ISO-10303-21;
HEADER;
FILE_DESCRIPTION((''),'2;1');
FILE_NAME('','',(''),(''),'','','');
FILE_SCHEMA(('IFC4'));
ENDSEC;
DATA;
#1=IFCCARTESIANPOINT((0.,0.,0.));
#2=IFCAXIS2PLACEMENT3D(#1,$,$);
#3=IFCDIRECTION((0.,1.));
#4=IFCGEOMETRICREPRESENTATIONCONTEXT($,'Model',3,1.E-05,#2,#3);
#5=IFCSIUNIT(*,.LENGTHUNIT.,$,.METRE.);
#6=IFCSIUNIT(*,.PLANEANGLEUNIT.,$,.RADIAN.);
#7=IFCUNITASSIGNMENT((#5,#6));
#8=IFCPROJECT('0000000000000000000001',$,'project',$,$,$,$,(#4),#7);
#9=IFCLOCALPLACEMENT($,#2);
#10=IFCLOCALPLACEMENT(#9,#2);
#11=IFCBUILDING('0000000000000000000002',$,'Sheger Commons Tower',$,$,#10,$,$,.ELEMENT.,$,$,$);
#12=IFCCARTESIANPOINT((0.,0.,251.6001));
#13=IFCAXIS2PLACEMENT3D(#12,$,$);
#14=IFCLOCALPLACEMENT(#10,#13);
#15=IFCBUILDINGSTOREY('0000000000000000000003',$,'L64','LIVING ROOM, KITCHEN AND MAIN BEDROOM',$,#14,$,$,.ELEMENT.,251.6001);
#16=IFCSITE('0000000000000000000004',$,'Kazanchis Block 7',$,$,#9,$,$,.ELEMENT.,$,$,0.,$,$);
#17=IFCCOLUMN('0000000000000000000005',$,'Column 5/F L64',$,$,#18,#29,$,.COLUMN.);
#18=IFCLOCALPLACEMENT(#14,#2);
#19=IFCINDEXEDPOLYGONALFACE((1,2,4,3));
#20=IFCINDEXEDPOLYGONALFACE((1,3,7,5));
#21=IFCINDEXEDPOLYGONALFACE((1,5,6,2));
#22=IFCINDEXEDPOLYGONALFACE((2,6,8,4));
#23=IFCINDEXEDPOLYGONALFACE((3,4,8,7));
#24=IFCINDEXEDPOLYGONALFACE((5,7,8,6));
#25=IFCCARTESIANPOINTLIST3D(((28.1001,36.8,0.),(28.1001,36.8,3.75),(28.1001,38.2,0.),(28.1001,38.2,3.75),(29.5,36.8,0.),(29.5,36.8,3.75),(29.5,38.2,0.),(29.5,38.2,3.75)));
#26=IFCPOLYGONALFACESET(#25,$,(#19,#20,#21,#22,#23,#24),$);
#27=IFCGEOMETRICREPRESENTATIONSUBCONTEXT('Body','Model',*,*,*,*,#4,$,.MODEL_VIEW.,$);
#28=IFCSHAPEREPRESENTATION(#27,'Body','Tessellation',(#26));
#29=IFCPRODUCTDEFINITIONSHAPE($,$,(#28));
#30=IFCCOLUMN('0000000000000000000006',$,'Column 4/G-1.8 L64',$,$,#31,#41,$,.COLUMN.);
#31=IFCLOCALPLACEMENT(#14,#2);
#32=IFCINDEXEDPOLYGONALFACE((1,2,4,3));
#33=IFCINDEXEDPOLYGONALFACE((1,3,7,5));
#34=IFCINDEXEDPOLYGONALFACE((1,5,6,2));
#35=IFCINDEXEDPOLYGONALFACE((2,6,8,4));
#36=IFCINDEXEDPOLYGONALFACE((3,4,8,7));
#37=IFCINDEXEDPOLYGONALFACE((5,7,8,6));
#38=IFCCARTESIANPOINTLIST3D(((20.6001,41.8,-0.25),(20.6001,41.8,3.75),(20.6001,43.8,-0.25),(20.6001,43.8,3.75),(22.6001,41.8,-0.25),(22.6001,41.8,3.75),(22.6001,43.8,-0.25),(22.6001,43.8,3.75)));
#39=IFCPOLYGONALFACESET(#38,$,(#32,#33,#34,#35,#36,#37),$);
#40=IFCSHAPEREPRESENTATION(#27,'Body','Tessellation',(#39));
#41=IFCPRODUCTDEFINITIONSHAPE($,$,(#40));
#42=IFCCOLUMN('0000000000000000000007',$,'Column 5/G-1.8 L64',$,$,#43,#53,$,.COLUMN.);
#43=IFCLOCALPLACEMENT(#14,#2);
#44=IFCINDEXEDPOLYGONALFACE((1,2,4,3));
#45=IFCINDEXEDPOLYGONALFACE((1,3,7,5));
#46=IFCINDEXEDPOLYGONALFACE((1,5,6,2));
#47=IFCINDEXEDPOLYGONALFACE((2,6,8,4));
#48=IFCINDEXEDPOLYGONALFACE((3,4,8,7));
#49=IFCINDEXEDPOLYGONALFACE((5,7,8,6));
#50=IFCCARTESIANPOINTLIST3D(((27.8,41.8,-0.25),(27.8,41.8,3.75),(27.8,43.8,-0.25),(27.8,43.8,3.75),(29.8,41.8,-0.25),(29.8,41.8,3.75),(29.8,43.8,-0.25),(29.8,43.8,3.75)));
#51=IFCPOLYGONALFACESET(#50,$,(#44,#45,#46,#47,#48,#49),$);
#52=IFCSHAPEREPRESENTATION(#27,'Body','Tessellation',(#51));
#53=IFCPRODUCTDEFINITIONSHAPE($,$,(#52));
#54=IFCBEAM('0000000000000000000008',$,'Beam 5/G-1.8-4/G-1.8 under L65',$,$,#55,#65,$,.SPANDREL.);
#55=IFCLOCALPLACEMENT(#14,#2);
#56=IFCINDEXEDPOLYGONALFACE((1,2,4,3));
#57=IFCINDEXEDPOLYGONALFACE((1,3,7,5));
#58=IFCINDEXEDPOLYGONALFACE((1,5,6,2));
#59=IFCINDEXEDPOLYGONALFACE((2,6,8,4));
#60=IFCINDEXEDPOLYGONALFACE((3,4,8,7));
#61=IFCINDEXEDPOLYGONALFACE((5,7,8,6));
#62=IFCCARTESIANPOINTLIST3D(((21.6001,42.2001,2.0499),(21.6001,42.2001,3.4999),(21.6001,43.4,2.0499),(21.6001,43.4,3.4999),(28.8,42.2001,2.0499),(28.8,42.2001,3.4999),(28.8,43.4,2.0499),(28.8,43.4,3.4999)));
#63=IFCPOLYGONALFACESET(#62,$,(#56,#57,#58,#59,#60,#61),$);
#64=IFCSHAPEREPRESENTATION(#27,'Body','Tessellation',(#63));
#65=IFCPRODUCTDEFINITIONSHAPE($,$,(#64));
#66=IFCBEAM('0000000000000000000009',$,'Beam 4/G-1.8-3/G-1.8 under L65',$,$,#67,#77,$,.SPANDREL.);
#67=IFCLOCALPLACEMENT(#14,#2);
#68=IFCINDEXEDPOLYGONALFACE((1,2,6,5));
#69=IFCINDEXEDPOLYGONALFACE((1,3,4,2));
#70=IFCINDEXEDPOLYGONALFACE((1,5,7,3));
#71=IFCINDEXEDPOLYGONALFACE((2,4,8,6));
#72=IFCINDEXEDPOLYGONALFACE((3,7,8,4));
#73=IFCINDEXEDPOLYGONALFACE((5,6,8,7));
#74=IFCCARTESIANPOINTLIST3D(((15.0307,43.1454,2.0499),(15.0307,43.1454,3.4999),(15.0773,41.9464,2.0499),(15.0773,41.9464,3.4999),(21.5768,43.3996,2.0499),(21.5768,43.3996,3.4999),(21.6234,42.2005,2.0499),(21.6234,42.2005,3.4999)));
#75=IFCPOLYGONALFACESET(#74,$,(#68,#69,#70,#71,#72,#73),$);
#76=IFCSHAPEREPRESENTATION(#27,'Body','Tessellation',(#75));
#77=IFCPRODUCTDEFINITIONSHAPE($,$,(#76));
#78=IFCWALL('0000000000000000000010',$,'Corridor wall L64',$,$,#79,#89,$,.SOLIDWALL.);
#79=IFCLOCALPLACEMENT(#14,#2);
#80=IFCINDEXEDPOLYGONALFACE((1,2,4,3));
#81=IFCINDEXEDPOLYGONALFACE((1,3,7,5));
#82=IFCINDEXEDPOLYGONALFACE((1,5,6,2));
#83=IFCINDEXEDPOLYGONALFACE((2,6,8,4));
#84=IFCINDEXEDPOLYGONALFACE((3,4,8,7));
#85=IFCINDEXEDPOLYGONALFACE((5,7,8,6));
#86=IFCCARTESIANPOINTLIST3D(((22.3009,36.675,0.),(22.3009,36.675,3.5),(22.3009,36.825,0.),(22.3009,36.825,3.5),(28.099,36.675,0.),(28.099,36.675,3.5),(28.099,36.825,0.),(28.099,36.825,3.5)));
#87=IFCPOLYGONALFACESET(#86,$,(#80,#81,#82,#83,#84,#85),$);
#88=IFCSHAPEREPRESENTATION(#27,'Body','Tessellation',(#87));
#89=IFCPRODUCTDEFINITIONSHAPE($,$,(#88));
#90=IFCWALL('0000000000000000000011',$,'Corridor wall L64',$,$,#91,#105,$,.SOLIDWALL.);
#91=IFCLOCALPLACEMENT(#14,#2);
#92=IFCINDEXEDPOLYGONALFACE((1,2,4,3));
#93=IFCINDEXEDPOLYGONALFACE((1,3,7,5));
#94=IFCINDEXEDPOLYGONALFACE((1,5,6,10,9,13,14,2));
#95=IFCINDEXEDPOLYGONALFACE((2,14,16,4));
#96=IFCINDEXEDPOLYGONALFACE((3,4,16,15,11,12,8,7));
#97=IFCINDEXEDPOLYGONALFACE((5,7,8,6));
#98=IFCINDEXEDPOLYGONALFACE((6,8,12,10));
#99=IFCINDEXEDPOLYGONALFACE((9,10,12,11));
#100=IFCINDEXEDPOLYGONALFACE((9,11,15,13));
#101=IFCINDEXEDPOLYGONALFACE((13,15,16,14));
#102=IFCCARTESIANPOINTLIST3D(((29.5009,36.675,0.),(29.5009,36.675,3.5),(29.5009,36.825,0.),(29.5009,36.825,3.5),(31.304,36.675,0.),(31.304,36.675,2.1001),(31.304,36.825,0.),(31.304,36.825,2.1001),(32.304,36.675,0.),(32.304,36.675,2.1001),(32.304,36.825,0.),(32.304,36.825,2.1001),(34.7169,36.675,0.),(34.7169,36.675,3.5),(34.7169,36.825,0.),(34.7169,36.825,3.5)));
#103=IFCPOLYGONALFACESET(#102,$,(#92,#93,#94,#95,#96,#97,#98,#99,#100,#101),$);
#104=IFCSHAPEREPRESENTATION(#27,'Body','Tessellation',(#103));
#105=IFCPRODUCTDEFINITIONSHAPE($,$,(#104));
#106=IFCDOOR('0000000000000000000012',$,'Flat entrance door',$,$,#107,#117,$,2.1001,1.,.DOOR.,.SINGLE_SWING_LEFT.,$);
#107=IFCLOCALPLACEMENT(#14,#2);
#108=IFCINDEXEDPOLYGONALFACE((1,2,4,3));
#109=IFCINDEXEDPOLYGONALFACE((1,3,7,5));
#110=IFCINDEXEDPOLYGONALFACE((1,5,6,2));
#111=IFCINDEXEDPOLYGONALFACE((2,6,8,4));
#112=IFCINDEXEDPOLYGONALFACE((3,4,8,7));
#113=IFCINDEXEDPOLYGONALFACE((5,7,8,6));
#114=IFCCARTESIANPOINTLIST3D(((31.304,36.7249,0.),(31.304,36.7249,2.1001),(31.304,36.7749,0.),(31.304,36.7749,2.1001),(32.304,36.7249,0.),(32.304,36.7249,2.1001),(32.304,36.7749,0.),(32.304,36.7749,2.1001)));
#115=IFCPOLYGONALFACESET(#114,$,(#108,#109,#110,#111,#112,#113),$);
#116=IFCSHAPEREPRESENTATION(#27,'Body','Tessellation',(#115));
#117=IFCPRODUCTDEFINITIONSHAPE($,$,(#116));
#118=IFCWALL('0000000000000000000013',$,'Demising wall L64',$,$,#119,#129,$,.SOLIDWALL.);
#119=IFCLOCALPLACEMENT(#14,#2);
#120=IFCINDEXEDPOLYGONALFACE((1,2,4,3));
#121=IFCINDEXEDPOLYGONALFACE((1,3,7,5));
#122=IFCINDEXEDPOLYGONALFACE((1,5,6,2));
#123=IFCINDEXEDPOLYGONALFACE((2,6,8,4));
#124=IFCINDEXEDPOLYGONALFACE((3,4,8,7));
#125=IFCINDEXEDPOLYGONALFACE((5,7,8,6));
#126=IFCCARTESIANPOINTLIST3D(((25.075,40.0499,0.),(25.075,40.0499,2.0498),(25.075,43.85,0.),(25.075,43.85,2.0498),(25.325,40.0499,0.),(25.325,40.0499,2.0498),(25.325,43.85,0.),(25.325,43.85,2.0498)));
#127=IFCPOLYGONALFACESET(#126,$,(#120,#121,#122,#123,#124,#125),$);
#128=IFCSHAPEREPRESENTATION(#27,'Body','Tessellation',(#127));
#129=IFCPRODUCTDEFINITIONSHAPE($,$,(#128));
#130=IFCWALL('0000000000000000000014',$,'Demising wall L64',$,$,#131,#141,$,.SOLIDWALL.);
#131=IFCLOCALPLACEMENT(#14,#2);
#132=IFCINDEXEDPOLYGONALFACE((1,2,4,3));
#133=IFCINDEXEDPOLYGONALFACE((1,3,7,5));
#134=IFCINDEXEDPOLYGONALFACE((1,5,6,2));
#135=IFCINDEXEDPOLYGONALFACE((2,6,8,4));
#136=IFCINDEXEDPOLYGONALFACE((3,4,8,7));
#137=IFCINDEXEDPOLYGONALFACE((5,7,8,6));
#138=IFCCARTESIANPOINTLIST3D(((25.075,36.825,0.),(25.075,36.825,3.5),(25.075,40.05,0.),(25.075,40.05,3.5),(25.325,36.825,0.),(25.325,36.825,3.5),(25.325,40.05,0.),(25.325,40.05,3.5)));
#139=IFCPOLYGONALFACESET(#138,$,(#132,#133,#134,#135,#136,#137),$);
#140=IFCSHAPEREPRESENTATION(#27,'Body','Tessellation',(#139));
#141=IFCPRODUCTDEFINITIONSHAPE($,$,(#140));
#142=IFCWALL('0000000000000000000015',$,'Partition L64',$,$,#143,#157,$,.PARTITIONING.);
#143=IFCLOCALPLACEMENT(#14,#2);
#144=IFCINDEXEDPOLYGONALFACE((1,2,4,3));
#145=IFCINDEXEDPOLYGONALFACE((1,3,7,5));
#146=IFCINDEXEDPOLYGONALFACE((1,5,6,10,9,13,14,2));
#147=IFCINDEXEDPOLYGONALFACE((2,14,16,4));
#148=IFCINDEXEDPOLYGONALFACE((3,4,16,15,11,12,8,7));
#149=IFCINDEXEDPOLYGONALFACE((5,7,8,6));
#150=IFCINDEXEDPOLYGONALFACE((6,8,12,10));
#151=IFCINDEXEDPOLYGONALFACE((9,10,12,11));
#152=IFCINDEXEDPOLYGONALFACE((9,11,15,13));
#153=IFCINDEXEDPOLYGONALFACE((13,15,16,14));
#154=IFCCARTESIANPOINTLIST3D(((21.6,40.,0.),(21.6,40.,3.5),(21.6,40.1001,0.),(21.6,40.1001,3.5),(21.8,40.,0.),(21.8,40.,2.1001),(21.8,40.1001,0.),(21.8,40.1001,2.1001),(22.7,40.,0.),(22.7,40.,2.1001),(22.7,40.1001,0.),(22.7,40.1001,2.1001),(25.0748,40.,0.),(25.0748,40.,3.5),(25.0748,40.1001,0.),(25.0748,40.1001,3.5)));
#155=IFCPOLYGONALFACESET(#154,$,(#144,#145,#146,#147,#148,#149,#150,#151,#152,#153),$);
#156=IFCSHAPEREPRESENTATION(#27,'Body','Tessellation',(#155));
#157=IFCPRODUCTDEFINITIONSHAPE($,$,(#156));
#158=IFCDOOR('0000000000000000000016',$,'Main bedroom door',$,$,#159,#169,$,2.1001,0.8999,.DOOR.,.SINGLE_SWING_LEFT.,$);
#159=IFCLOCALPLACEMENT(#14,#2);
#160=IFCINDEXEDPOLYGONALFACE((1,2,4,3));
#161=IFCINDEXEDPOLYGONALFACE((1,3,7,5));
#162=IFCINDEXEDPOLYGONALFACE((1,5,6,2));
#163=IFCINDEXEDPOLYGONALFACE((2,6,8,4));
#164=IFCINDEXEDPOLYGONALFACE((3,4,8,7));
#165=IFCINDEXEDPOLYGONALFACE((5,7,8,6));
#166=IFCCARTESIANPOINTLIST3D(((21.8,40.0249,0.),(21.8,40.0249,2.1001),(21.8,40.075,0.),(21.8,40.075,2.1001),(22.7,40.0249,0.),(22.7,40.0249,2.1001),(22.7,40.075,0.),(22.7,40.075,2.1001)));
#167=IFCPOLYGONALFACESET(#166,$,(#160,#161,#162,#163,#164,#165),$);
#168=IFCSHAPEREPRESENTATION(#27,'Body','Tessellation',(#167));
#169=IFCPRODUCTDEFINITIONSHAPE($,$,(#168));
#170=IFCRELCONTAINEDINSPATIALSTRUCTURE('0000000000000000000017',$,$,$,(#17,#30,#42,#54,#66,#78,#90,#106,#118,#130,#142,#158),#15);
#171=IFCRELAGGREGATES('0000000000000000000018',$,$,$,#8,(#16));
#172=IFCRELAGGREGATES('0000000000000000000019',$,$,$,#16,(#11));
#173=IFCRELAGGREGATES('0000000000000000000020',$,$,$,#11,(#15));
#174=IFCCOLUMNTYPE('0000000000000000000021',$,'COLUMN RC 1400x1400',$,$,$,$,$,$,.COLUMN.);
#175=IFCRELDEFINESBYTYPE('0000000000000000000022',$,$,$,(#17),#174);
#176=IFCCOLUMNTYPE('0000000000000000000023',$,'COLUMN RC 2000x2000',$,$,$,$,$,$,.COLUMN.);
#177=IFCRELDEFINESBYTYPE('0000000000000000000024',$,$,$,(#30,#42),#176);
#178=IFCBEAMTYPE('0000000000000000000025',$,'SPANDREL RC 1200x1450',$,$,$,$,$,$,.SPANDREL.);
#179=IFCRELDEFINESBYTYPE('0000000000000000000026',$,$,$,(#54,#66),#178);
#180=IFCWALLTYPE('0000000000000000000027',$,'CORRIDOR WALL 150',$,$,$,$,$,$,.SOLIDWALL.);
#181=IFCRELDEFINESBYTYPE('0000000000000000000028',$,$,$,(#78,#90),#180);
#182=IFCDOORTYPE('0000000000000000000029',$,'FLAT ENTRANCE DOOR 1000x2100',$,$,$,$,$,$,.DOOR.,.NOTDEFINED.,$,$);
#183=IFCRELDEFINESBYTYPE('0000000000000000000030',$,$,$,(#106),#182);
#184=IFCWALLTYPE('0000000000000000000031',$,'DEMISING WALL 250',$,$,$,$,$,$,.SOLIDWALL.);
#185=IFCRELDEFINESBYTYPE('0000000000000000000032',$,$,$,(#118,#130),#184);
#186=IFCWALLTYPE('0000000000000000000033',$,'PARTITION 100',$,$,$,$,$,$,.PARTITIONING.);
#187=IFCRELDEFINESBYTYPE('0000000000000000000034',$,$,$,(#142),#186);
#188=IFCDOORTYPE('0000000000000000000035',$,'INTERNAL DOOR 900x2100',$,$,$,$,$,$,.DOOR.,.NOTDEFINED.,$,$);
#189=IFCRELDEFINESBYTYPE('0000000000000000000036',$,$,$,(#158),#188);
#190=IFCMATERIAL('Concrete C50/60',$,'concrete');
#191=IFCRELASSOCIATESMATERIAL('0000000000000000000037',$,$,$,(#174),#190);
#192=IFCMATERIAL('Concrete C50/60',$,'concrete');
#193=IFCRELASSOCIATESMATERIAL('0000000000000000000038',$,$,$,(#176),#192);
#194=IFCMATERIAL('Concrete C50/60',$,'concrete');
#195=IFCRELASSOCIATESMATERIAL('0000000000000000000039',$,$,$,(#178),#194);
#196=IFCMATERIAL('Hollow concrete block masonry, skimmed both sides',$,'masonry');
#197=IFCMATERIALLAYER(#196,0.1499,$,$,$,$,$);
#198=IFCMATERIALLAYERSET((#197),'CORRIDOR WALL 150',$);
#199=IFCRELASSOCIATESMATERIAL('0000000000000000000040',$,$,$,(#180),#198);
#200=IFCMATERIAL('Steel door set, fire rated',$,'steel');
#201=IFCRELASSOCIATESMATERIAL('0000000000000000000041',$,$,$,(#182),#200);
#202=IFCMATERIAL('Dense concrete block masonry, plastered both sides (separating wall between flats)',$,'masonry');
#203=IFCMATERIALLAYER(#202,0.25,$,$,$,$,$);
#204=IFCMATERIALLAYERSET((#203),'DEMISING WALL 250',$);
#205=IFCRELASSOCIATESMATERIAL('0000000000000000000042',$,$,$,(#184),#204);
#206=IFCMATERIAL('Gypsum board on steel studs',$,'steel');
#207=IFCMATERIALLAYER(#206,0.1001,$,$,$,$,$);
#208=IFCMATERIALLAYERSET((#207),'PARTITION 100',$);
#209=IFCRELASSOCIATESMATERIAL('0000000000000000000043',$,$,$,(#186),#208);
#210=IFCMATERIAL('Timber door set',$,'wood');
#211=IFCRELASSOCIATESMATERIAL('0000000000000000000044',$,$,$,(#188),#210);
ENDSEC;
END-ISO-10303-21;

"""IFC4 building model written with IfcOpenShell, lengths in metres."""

from ifc_helpers import new_model, si_unit, direction, frame, frame_2d, origin, origin_2d, place, context, subcontext, project, spatial, rectangle, extrude, material, layer, layer_set, material_profile, profile_set, type_object, element, fill, save


model = new_model("IFC4")

# Units and contexts
model_context = context("Model", 3, precision=1e-05, world=origin(), true_north=direction((0.0, 1.0)))
body_context = subcontext(model_context, "Body", "Model", "MODEL_VIEW")
ifc_project = project(units=[si_unit("LENGTHUNIT", "METRE"), si_unit("PLANEANGLEUNIT", "RADIAN")], contexts=[model_context])

# Site, building, storey
site_placement = place(None, origin())
site = spatial("IfcSite", under=ifc_project, at=site_placement, Name="Kazanchis Block 7", CompositionType="ELEMENT", RefElevation=0.0)
building_placement = place(site_placement, origin())
building = spatial("IfcBuilding", under=site, at=building_placement, Name="Sheger Commons Tower", CompositionType="ELEMENT")
storey_placement = place(building_placement, frame((0.0, 0.0, 251.6001)))
storey = spatial("IfcBuildingStorey", under=building, at=storey_placement, Name="L64", Description="LIVING ROOM, KITCHEN AND MAIN BEDROOM", CompositionType="ELEMENT", Elevation=251.6001)

# Columns
ifc_material_1 = material(Name="Concrete C50/60", Category="concrete")
ifc_material_profile_1 = material_profile(ifc_material_1, rectangle(XDim=1.3999, YDim=1.3999, at=origin_2d()), Name="RC 1400x1400")
ifc_profile_set_1 = profile_set([ifc_material_profile_1], Name="Concrete C50/60")
column_type_1 = type_object("IfcColumnType", Name="COLUMN RC 1400x1400", PredefinedType="COLUMN", material=ifc_profile_set_1)
column_placement = place(storey_placement, frame((28.8, 37.5, 0.0), z_axis=(0.0, 0.0, 1.0), x_axis=(1.0, 0.0, 0.0)))
element("IfcColumn", 1, at=column_placement, inside=storey, type_object=column_type_1, Name="Column 5/F L64", PredefinedType="COLUMN", context=body_context, shape_type="SweptSolid", body=[
    extrude(rectangle(XDim=1.3999, YDim=1.3999, at=origin_2d()), origin(), (0.0, 0.0, 1.0), 3.75),
])
ifc_material_2 = material(Name="Concrete C50/60", Category="concrete")
ifc_material_profile_2 = material_profile(ifc_material_2, rectangle(XDim=2.0, YDim=2.0, at=origin_2d()), Name="RC 2000x2000")
ifc_profile_set_2 = profile_set([ifc_material_profile_2], Name="Concrete C50/60")
column_type_2 = type_object("IfcColumnType", Name="COLUMN RC 2000x2000", PredefinedType="COLUMN", material=ifc_profile_set_2)
for number, where, z_axis, x_axis, name in (
    (2, (21.6001, 42.8, -0.25), (0.0, 0.0, 1.0), (1.0, 0.0, 0.0), "Column 4/G-1.8 L64"),
    (3, (28.8, 42.8, -0.25), (0.0, 0.0, 1.0), (1.0, 0.0, 0.0), "Column 5/G-1.8 L64"),
):
    element("IfcColumn", number, at=place(storey_placement, frame(where, z_axis=z_axis, x_axis=x_axis)), inside=storey, type_object=column_type_2, Name=name, PredefinedType="COLUMN", context=body_context, shape_type="SweptSolid", body=[
        extrude(rectangle(XDim=2.0, YDim=2.0, at=origin_2d()), origin(), (0.0, 0.0, 1.0), 4.0),
    ])

# Beams
ifc_material_3 = material(Name="Concrete C50/60", Category="concrete")
ifc_material_profile_3 = material_profile(ifc_material_3, rectangle(XDim=1.2, YDim=1.45, at=origin_2d()), Name="RC 1200x1450")
ifc_profile_set_3 = profile_set([ifc_material_profile_3], Name="Concrete C50/60")
beam_type = type_object("IfcBeamType", Name="SPANDREL RC 1200x1450", PredefinedType="SPANDREL", material=ifc_profile_set_3)
beam_1_placement = place(storey_placement, frame((28.8, 42.8, 2.7749), z_axis=(-1.0, 0.0, 0.0), x_axis=(0.0, -1.0, 0.0)))
element("IfcBeam", 4, at=beam_1_placement, inside=storey, type_object=beam_type, Name="Beam 5/G-1.8-4/G-1.8 under L65", PredefinedType="SPANDREL", context=body_context, shape_type="SweptSolid", body=[
    extrude(rectangle(XDim=1.2, YDim=1.45, at=origin_2d()), origin(), (0.0, 0.0, 1.0), 7.2),
])
beam_2_placement = place(storey_placement, frame((21.6001, 42.8, 2.7749), z_axis=(-0.999247, -0.038795, 0.0), x_axis=(0.038795, -0.999247, 0.0)))
element("IfcBeam", 5, at=beam_2_placement, inside=storey, type_object=beam_type, Name="Beam 4/G-1.8-3/G-1.8 under L65", PredefinedType="SPANDREL", context=body_context, shape_type="SweptSolid", body=[
    extrude(rectangle(XDim=1.2, YDim=1.45, at=origin_2d()), origin(), (0.0, 0.0, 1.0), 6.551),
])

# Wall
ifc_material_4 = material(Name="Hollow concrete block masonry, skimmed both sides", Category="masonry")
ifc_layer_1 = layer(ifc_material_4, 0.1499)
ifc_layer_set_1 = layer_set([ifc_layer_1], Name="CORRIDOR WALL 150")
wall_type_1 = type_object("IfcWallType", Name="CORRIDOR WALL 150", PredefinedType="SOLIDWALL", material=ifc_layer_set_1)
wall_1_placement = place(storey_placement, frame((22.301, 36.75, 0.0), z_axis=(0.0, 0.0, 1.0), x_axis=(1.0, 0.0, 0.0)))
element("IfcWall", 6, at=wall_1_placement, inside=storey, type_object=wall_type_1, Name="Corridor wall L64", PredefinedType="SOLIDWALL", context=body_context, shape_type="SweptSolid", body=[
    extrude(rectangle(XDim=5.7981, YDim=0.1499, at=frame_2d((2.8989, 0.0))), origin(), (0.0, 0.0, 1.0), 3.5),
])

# Wall, opening, door
wall_2_placement = place(storey_placement, frame((29.501, 36.75, 0.0), z_axis=(0.0, 0.0, 1.0), x_axis=(1.0, 0.0, 0.0)))
wall_2 = element("IfcWall", 7, at=wall_2_placement, inside=storey, type_object=wall_type_1, Name="Corridor wall L64", PredefinedType="SOLIDWALL", context=body_context, shape_type="SweptSolid", body=[
    extrude(rectangle(XDim=5.2161, YDim=0.1499, at=frame_2d((2.6079, 0.0))), origin(), (0.0, 0.0, 1.0), 3.5),
])
opening_1_placement = place(wall_2_placement, frame((1.803, 0.0, 0.0)))
opening_1 = element("IfcOpeningElement", 8, at=opening_1_placement, cuts=wall_2, PredefinedType="OPENING", context=body_context, shape_type="SweptSolid", body=[
    extrude(rectangle(XDim=1.0, YDim=2.1001, at=frame_2d((0.5, 1.05))), frame((0.0, 0.085, 0.0), z_axis=(0.0, -1.0, 0.0), x_axis=(1.0, 0.0, 0.0)), (0.0, 0.0, 1.0), 0.1699),
])
ifc_material_5 = material(Name="Steel door set, fire rated", Category="steel")
door_type_1 = type_object("IfcDoorType", Name="FLAT ENTRANCE DOOR 1000x2100", OperationType="NOTDEFINED", PredefinedType="DOOR", material=ifc_material_5)
door_1_placement = place(opening_1_placement, origin())
door_1 = element("IfcDoor", 9, at=door_1_placement, inside=storey, type_object=door_type_1, Name="Flat entrance door", OperationType="SINGLE_SWING_LEFT", OverallHeight=2.1001, OverallWidth=1.0, PredefinedType="DOOR", context=body_context, shape_type="SweptSolid", body=[
    extrude(rectangle(XDim=1.0, YDim=2.1001, at=frame_2d((0.5, 1.05))), frame((0.0, 0.0249, 0.0), z_axis=(0.0, -1.0, 0.0), x_axis=(1.0, 0.0, 0.0)), (0.0, 0.0, 1.0), 0.05),
])
fill(opening_1, door_1)

# Walls
ifc_material_6 = material(Name="Dense concrete block masonry, plastered both sides (separating wall between flats)", Category="masonry")
ifc_layer_2 = layer(ifc_material_6, 0.25)
ifc_layer_set_2 = layer_set([ifc_layer_2], Name="DEMISING WALL 250")
wall_type_2 = type_object("IfcWallType", Name="DEMISING WALL 250", PredefinedType="SOLIDWALL", material=ifc_layer_set_2)
wall_3_placement = place(storey_placement, frame((25.2, 40.05, 0.0), z_axis=(0.0, 0.0, 1.0), x_axis=(0.0, 1.0, 0.0)))
element("IfcWall", 10, at=wall_3_placement, inside=storey, type_object=wall_type_2, Name="Demising wall L64", PredefinedType="SOLIDWALL", context=body_context, shape_type="SweptSolid", body=[
    extrude(rectangle(XDim=3.8, YDim=0.25, at=frame_2d((1.8999, 0.0))), origin(), (0.0, 0.0, 1.0), 2.0498),
])
wall_4_placement = place(storey_placement, frame((25.2, 36.825, 0.0), z_axis=(0.0, 0.0, 1.0), x_axis=(0.0, 1.0, 0.0)))
element("IfcWall", 11, at=wall_4_placement, inside=storey, type_object=wall_type_2, Name="Demising wall L64", PredefinedType="SOLIDWALL", context=body_context, shape_type="SweptSolid", body=[
    extrude(rectangle(XDim=3.2251, YDim=0.25, at=frame_2d((1.6125, 0.0))), origin(), (0.0, 0.0, 1.0), 3.5),
])

# Wall, opening, door
ifc_material_7 = material(Name="Gypsum board on steel studs", Category="steel")
ifc_layer_3 = layer(ifc_material_7, 0.1001)
ifc_layer_set_3 = layer_set([ifc_layer_3], Name="PARTITION 100")
wall_type_3 = type_object("IfcWallType", Name="PARTITION 100", PredefinedType="PARTITIONING", material=ifc_layer_set_3)
wall_5_placement = place(storey_placement, frame((21.6001, 40.05, 0.0), z_axis=(0.0, 0.0, 1.0), x_axis=(1.0, 0.0, 0.0)))
wall_5 = element("IfcWall", 12, at=wall_5_placement, inside=storey, type_object=wall_type_3, Name="Partition L64", PredefinedType="PARTITIONING", context=body_context, shape_type="SweptSolid", body=[
    extrude(rectangle(XDim=3.4749, YDim=0.1001, at=frame_2d((1.7373, 0.0))), origin(), (0.0, 0.0, 1.0), 3.5),
])
opening_2_placement = place(wall_5_placement, frame((0.2, 0.0, 0.0)))
opening_2 = element("IfcOpeningElement", 13, at=opening_2_placement, cuts=wall_5, PredefinedType="OPENING", context=body_context, shape_type="SweptSolid", body=[
    extrude(rectangle(XDim=0.8999, YDim=2.1001, at=frame_2d((0.45, 1.05))), frame((0.0, 0.0601, 0.0), z_axis=(0.0, -1.0, 0.0), x_axis=(1.0, 0.0, 0.0)), (0.0, 0.0, 1.0), 0.1201),
])
ifc_material_8 = material(Name="Timber door set", Category="wood")
door_type_2 = type_object("IfcDoorType", Name="INTERNAL DOOR 900x2100", OperationType="NOTDEFINED", PredefinedType="DOOR", material=ifc_material_8)
door_2_placement = place(opening_2_placement, origin())
door_2 = element("IfcDoor", 14, at=door_2_placement, inside=storey, type_object=door_type_2, Name="Main bedroom door", OperationType="SINGLE_SWING_LEFT", OverallHeight=2.1001, OverallWidth=0.8999, PredefinedType="DOOR", context=body_context, shape_type="SweptSolid", body=[
    extrude(rectangle(XDim=0.8999, YDim=2.1001, at=frame_2d((0.45, 1.05))), frame((0.0, 0.0249, 0.0), z_axis=(0.0, -1.0, 0.0), x_axis=(1.0, 0.0, 0.0)), (0.0, 0.0, 1.0), 0.05),
])
fill(opening_2, door_2)

save(model, "model.ifc")
